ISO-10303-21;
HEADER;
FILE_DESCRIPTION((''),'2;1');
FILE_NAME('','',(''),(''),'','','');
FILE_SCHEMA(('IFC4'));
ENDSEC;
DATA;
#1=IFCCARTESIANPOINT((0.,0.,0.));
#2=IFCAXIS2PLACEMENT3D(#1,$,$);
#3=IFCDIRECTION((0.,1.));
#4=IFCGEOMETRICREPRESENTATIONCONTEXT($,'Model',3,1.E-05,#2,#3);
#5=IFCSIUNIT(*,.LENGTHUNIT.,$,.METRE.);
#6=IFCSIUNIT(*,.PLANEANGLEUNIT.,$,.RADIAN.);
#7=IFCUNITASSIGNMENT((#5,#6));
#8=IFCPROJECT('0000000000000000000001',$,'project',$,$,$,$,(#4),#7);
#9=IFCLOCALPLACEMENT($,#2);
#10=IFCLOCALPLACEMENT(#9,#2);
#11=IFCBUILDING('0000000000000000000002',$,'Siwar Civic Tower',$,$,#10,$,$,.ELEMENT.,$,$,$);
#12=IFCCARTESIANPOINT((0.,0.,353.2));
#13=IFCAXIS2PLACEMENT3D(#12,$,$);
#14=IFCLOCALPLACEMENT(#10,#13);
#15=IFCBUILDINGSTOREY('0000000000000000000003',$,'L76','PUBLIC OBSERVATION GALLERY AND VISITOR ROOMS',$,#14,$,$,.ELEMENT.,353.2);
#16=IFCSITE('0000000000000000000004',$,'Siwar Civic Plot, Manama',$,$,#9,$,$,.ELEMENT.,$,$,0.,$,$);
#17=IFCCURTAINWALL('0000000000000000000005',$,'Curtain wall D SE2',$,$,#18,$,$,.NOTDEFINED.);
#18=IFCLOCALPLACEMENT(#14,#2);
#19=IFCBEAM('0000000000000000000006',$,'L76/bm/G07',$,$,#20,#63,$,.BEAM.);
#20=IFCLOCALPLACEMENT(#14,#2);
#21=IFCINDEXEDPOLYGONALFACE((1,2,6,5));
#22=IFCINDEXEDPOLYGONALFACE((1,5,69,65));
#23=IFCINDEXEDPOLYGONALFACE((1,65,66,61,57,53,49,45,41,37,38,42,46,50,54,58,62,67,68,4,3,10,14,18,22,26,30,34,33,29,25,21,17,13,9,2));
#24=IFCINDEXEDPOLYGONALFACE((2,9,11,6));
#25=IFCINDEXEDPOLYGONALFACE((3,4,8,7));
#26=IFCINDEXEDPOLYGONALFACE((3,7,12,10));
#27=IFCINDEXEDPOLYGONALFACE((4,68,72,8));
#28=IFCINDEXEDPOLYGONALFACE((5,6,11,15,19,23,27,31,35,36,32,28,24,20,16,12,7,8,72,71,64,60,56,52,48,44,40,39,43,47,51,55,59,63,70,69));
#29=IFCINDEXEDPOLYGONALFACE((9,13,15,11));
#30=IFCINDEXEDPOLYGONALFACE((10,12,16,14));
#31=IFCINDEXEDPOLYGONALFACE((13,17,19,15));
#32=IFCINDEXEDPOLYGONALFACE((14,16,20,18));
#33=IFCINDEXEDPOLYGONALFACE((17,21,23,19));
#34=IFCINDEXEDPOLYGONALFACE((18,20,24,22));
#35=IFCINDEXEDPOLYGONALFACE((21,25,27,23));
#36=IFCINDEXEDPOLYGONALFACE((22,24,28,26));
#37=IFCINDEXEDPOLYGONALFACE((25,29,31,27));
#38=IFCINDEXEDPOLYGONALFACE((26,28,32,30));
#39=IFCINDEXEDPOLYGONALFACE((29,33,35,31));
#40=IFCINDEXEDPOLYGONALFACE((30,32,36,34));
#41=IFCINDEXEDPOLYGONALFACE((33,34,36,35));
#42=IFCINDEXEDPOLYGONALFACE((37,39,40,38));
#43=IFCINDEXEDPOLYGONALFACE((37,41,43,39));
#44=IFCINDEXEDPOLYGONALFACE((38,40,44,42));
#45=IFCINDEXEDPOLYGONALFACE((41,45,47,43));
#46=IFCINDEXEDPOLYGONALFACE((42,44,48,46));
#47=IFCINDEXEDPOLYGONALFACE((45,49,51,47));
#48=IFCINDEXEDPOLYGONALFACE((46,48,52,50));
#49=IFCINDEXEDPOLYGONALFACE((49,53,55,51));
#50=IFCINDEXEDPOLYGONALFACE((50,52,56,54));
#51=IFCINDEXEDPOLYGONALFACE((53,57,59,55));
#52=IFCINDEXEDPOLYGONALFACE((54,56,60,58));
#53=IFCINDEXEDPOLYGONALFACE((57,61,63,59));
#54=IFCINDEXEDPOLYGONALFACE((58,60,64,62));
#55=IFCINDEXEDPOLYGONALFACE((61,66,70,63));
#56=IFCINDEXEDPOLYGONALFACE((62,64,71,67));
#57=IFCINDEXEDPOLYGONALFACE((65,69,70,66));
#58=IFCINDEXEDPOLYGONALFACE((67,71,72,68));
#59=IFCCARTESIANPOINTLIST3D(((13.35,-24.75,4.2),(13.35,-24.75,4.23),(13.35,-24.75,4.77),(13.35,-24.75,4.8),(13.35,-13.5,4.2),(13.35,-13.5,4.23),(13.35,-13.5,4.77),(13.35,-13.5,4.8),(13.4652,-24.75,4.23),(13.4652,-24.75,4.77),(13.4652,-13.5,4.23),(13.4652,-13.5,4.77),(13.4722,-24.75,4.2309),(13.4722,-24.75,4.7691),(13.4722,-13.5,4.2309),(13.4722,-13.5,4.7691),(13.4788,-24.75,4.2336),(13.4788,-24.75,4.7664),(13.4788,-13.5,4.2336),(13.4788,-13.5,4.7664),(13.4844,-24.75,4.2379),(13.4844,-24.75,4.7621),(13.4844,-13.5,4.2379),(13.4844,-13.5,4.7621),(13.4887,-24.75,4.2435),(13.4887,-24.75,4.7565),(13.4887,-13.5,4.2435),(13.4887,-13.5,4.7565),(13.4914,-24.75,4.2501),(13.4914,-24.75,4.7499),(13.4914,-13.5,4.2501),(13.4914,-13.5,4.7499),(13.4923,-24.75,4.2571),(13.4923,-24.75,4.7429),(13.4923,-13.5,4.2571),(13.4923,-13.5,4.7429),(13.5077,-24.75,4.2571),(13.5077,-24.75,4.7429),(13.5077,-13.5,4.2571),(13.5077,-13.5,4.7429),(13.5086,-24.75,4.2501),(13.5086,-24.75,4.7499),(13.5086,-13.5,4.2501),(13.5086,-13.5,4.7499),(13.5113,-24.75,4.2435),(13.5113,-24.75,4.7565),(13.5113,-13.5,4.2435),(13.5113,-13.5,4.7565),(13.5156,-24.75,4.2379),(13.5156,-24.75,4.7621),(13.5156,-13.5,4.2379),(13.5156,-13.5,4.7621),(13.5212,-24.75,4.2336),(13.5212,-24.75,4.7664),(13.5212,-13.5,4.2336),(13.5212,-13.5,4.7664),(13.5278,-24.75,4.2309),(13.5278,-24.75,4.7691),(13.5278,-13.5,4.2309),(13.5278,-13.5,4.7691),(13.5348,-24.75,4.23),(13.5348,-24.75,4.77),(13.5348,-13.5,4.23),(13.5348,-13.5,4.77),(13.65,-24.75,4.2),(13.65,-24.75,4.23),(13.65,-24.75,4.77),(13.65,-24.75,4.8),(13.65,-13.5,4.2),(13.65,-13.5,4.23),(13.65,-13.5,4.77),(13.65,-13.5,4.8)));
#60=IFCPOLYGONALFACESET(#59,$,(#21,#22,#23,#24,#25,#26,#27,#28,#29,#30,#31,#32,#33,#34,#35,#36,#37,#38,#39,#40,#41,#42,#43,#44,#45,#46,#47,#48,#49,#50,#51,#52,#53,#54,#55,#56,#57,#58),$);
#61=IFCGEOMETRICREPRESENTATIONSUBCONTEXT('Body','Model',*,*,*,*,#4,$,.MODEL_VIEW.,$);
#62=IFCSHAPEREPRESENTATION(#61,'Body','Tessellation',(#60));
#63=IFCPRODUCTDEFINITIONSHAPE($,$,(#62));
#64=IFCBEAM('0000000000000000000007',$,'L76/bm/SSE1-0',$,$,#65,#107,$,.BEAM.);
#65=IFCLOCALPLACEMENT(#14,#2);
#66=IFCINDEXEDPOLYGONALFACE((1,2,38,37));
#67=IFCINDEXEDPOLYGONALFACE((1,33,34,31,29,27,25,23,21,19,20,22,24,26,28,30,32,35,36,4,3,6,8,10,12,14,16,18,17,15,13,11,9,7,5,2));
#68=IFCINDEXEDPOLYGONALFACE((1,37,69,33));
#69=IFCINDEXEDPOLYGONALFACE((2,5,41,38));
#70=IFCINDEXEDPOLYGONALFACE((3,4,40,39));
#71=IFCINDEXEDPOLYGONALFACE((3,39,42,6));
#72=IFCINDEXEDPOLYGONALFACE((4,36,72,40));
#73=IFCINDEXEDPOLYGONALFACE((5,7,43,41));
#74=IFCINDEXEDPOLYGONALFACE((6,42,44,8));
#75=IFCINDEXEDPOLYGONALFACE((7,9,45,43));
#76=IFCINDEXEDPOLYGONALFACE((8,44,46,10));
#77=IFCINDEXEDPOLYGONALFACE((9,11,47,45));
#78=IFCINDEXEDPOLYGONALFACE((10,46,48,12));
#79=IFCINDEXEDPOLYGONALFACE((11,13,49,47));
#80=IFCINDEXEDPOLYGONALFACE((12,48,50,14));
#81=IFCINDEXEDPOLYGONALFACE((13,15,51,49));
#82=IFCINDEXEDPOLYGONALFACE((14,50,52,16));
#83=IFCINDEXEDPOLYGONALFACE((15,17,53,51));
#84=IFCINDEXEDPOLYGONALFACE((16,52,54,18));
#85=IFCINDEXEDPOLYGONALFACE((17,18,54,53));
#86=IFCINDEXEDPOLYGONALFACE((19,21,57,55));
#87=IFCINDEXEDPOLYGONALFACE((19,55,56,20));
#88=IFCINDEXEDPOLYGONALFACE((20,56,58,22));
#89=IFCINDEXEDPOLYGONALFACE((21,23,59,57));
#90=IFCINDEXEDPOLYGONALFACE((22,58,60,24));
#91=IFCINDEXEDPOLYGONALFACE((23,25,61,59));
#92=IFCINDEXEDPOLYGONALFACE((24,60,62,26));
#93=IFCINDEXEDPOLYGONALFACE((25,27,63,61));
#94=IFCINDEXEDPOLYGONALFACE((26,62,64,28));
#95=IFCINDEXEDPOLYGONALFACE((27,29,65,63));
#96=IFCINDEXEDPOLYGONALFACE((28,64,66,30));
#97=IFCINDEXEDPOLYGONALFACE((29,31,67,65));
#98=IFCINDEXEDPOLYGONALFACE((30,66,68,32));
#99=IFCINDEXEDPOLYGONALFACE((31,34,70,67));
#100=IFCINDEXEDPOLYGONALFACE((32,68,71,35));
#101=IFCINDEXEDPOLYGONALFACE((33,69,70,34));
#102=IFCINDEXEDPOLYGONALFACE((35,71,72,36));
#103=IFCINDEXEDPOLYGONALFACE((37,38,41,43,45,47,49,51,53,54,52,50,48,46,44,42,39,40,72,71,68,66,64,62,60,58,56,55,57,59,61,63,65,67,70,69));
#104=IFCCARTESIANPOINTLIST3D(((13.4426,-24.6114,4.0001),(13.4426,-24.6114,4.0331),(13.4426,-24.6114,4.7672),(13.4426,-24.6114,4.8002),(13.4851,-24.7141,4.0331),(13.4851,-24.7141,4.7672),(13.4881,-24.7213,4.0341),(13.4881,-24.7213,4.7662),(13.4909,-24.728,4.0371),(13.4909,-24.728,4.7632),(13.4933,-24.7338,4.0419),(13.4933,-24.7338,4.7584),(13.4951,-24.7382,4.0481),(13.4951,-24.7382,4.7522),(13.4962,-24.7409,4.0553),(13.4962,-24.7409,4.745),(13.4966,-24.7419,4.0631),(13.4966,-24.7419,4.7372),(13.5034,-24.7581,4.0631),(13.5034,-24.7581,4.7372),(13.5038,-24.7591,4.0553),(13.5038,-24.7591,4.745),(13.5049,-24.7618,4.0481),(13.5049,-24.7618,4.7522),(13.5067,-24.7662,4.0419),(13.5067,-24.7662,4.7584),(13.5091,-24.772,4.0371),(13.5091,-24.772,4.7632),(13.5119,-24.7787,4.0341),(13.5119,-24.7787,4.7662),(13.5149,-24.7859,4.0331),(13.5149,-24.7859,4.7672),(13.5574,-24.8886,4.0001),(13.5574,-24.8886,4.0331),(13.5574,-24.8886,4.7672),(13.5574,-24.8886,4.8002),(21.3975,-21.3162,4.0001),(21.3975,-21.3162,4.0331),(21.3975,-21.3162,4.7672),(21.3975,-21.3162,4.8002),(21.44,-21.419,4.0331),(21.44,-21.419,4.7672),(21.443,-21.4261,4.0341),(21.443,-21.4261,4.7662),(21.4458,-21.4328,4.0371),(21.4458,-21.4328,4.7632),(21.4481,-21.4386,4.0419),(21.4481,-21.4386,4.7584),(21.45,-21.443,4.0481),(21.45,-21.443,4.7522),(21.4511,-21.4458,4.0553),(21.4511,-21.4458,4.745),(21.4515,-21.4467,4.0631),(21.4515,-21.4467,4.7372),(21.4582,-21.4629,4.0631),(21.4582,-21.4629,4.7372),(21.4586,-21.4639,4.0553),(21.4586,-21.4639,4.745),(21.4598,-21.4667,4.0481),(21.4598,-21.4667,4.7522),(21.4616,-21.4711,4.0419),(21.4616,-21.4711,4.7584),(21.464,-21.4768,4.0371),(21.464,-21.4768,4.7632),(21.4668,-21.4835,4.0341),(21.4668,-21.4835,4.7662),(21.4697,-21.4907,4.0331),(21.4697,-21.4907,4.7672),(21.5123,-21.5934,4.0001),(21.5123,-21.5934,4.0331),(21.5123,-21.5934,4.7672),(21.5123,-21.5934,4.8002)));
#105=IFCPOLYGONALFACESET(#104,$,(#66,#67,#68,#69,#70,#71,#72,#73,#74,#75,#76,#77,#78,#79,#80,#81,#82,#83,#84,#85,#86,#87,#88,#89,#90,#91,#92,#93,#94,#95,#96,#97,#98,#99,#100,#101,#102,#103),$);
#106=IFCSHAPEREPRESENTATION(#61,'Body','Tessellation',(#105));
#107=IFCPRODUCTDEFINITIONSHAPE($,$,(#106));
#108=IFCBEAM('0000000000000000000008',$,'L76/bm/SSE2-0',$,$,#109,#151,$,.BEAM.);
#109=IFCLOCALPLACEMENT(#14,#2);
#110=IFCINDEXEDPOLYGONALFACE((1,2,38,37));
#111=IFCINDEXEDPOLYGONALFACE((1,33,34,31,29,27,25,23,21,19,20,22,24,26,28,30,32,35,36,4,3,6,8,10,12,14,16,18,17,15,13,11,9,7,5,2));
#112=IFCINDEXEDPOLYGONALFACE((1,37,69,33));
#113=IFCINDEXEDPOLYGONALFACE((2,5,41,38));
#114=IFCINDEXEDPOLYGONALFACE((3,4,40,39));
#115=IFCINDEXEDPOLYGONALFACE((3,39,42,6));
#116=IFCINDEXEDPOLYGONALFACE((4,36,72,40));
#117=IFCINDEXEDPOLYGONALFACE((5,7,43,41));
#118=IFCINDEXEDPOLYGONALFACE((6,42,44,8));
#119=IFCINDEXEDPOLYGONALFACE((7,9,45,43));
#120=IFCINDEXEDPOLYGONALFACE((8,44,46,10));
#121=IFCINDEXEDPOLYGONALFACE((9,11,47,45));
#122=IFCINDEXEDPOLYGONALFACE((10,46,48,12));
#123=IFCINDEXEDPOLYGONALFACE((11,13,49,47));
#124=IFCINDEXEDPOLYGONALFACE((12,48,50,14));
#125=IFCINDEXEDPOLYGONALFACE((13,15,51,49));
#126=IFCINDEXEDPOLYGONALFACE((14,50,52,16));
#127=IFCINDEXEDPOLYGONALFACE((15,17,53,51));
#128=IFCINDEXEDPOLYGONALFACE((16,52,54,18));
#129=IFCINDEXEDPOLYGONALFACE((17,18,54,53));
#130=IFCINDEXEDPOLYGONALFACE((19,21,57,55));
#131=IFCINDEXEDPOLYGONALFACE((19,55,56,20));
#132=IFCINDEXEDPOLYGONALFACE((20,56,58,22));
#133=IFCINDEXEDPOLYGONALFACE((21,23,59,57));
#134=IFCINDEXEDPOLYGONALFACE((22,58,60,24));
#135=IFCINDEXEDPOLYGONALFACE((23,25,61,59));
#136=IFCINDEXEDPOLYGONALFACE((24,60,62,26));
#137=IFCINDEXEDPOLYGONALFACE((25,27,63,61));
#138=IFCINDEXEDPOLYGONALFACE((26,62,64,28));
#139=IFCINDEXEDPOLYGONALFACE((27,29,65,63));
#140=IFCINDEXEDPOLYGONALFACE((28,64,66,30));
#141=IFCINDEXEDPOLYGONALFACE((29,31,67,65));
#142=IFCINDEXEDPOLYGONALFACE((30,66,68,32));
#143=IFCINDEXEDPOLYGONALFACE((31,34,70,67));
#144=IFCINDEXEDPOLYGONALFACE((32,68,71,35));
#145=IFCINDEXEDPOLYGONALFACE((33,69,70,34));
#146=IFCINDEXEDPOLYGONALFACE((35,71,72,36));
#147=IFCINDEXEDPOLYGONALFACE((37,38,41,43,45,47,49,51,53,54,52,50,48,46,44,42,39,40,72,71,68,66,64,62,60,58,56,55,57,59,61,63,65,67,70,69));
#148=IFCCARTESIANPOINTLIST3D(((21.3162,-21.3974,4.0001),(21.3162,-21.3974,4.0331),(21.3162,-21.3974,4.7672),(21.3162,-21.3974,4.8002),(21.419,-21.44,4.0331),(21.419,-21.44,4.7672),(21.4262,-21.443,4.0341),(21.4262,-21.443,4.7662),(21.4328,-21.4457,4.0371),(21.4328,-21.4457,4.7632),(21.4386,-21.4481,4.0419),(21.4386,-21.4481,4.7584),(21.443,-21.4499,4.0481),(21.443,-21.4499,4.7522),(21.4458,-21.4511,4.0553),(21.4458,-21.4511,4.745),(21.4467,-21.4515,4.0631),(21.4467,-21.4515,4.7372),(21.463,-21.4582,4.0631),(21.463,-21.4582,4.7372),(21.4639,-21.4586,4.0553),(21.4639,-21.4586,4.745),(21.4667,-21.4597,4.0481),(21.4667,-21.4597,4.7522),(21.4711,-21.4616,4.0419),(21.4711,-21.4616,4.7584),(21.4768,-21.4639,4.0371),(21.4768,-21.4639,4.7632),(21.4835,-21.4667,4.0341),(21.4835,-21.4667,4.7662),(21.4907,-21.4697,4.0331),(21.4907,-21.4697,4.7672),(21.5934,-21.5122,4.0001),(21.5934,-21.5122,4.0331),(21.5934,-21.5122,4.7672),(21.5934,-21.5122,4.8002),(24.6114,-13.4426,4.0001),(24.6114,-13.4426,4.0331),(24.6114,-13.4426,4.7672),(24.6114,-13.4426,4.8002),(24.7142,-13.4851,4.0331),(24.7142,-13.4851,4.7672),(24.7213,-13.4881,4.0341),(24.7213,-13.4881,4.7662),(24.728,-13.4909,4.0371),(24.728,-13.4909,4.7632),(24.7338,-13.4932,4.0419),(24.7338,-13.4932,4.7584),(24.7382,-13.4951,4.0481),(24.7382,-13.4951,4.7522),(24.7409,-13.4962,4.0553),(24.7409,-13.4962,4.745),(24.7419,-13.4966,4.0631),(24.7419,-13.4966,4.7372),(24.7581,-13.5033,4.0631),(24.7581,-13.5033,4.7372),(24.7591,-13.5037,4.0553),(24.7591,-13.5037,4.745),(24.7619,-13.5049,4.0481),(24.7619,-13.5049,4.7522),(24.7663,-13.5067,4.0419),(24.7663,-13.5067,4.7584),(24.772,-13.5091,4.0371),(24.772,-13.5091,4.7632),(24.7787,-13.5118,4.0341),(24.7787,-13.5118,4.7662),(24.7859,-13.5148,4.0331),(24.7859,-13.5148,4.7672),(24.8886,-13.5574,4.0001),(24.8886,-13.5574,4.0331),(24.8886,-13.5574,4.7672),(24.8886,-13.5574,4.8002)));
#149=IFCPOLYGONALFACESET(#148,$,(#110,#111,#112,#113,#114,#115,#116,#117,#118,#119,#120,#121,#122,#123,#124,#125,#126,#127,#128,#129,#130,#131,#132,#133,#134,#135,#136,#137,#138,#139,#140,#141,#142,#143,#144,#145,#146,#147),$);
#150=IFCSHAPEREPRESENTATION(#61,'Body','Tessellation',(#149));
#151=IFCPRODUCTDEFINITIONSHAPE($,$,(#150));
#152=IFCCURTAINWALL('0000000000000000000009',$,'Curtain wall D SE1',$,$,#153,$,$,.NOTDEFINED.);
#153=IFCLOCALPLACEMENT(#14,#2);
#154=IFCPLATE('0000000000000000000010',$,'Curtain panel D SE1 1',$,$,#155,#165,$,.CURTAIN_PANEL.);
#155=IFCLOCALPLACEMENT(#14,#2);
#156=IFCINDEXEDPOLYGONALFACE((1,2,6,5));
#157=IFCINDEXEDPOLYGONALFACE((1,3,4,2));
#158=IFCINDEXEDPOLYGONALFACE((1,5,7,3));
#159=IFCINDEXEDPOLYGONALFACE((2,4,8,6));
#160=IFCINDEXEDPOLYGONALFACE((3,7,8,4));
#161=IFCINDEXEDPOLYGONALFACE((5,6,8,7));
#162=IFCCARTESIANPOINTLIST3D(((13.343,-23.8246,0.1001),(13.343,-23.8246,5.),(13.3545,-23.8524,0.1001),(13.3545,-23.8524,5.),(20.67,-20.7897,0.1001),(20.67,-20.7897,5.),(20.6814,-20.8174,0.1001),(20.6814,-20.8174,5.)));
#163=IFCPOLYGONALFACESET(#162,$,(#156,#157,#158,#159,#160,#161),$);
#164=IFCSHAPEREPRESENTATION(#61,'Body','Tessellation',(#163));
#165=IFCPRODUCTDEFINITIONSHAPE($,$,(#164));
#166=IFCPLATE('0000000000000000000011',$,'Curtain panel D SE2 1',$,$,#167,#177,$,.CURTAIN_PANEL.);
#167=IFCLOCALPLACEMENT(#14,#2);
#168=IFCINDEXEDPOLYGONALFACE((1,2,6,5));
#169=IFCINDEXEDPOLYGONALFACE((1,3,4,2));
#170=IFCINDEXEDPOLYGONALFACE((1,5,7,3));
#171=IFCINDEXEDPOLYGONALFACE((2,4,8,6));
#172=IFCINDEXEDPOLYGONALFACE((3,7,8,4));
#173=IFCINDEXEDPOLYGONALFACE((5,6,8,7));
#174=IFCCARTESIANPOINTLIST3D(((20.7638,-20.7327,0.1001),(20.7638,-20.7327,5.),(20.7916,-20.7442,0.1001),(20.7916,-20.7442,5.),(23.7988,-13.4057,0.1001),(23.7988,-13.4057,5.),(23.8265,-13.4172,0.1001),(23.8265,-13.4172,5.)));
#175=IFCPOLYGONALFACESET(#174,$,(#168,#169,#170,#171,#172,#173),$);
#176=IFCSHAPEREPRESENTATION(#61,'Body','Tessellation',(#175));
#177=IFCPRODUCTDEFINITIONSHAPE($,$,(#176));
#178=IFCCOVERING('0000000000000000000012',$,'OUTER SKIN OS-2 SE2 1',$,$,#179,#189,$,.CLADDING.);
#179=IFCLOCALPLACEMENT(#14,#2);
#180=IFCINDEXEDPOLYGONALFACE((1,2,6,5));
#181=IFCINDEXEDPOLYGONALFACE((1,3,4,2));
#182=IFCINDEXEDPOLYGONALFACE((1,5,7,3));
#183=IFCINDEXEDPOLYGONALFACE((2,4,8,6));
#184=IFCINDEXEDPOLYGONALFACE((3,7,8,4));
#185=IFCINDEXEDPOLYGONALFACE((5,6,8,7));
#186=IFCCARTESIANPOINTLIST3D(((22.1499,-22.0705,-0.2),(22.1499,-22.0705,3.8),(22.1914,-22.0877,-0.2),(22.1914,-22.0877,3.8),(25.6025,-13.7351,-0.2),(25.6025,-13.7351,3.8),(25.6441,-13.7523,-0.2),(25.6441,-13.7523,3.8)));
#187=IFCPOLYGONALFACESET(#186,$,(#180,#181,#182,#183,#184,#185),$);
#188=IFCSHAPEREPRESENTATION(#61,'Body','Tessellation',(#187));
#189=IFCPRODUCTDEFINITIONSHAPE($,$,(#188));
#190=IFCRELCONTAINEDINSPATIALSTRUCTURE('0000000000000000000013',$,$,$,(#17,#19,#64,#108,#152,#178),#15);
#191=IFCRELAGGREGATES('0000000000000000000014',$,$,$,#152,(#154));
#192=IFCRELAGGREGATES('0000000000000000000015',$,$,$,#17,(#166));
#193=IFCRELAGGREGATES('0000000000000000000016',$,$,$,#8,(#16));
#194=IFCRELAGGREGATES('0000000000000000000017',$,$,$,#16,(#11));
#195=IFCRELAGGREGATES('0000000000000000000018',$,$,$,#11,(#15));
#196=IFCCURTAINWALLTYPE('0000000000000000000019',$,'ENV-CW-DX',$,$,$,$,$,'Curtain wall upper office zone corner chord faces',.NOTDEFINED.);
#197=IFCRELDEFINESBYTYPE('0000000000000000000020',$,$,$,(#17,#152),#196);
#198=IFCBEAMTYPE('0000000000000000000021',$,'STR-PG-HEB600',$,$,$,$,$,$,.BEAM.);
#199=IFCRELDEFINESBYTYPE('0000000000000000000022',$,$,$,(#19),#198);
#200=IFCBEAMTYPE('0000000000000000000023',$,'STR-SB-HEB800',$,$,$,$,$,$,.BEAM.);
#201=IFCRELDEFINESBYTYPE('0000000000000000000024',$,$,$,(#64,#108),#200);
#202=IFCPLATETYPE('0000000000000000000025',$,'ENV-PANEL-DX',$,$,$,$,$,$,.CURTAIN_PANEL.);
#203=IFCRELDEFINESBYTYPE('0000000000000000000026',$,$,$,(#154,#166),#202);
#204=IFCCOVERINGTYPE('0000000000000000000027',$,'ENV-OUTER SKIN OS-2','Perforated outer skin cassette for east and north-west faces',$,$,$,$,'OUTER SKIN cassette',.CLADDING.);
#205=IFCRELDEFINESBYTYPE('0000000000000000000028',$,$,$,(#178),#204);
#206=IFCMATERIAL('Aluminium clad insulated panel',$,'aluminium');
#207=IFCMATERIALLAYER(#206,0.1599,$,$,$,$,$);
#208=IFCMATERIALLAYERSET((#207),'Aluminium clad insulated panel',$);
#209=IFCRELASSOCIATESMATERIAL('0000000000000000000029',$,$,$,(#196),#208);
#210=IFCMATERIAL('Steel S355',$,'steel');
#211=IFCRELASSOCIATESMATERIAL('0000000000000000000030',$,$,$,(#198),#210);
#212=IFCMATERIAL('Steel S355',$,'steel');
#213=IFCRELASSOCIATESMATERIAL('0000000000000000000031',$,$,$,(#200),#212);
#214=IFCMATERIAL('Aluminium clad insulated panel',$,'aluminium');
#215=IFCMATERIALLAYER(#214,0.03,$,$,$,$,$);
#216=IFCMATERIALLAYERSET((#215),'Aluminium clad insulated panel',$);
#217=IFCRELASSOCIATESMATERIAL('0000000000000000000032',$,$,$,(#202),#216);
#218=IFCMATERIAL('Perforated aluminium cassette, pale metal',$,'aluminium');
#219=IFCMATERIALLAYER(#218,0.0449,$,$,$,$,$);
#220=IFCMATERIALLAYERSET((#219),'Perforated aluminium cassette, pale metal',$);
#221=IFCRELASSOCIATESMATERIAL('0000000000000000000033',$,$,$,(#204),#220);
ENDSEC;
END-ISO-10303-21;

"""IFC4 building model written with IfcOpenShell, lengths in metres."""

from ifc_helpers import new_model, si_unit, direction, frame, origin, origin_2d, place, context, subcontext, project, spatial, rectangle, i_section, extrude, material, layer, layer_set, material_profile, profile_set, type_object, element, aggregate, save


model = new_model("IFC4")

# Units and contexts
model_context = context("Model", 3, precision=1e-05, world=origin(), true_north=direction((0.0, 1.0)))
body_context = subcontext(model_context, "Body", "Model", "MODEL_VIEW")
ifc_project = project(units=[si_unit("LENGTHUNIT", "METRE"), si_unit("PLANEANGLEUNIT", "RADIAN")], contexts=[model_context])

# Site, building, storey
site_placement = place(None, origin())
site = spatial("IfcSite", under=ifc_project, at=site_placement, Name="Siwar Civic Plot, Manama", CompositionType="ELEMENT", RefElevation=0.0)
building_placement = place(site_placement, origin())
building = spatial("IfcBuilding", under=site, at=building_placement, Name="Siwar Civic Tower", CompositionType="ELEMENT")
storey_placement = place(building_placement, frame((0.0, 0.0, 353.2)))
storey = spatial("IfcBuildingStorey", under=building, at=storey_placement, Name="L76", Description="PUBLIC OBSERVATION GALLERY AND VISITOR ROOMS", CompositionType="ELEMENT", Elevation=353.2)

# Curtain wall
ifc_material_1 = material(Name="Aluminium clad insulated panel", Category="aluminium")
ifc_layer_1 = layer(ifc_material_1, 0.1599)
ifc_layer_set_1 = layer_set([ifc_layer_1], Name="Aluminium clad insulated panel")
curtain_wall_type = type_object("IfcCurtainWallType", Name="ENV-CW-DX", ElementType="Curtain wall upper office zone corner chord faces", PredefinedType="NOTDEFINED", material=ifc_layer_set_1)
curtain_wall_1_placement = place(storey_placement, origin())
curtain_wall_1 = element("IfcCurtainWall", 1, at=curtain_wall_1_placement, inside=storey, type_object=curtain_wall_type, Name="Curtain wall D SE2", PredefinedType="NOTDEFINED")

# Beams
ifc_material_2 = material(Name="Steel S355", Category="steel")
ifc_material_profile_1 = material_profile(ifc_material_2, i_section(OverallWidth=0.3, OverallDepth=0.6001, WebThickness=0.0154, FlangeThickness=0.03, FilletRadius=0.0271, at=origin_2d()), Name="HEB600")
ifc_profile_set_1 = profile_set([ifc_material_profile_1], Name="Steel S355")
beam_type_1 = type_object("IfcBeamType", Name="STR-PG-HEB600", PredefinedType="BEAM", material=ifc_profile_set_1)
beam_1_placement = place(storey_placement, frame((13.5, -24.75, 4.5), z_axis=(0.0, 1.0, 0.0), x_axis=(-1.0, 0.0, 0.0)))
element("IfcBeam", 2, at=beam_1_placement, inside=storey, type_object=beam_type_1, Name="L76/bm/G07", PredefinedType="BEAM", context=body_context, shape_type="SweptSolid", body=[
    extrude(i_section(OverallWidth=0.3, OverallDepth=0.6001, WebThickness=0.0154, FlangeThickness=0.03, FilletRadius=0.0271, at=origin_2d()), origin(), (0.0, 0.0, 1.0), 11.25),
])
ifc_material_3 = material(Name="Steel S355", Category="steel")
ifc_material_profile_2 = material_profile(ifc_material_3, i_section(OverallWidth=0.3, OverallDepth=0.8, WebThickness=0.0176, FlangeThickness=0.033, FilletRadius=0.03, at=origin_2d()), Name="HEB800")
ifc_profile_set_2 = profile_set([ifc_material_profile_2], Name="Steel S355")
beam_type_2 = type_object("IfcBeamType", Name="STR-SB-HEB800", PredefinedType="BEAM", material=ifc_profile_set_2)
for number, where, z_axis, x_axis, name in (
    (3, (13.5, -24.75, 4.4001), (0.923873, 0.3827, 0.0), (-0.3827, 0.923873, 0.0), "L76/bm/SSE1-0"),
    (4, (21.4548, -21.4548, 4.4001), (0.3827, 0.923873, 0.0), (-0.923873, 0.3827, 0.0), "L76/bm/SSE2-0"),
):
    element("IfcBeam", number, at=place(storey_placement, frame(where, z_axis=z_axis, x_axis=x_axis)), inside=storey, type_object=beam_type_2, Name=name, PredefinedType="BEAM", context=body_context, shape_type="SweptSolid", body=[
        extrude(i_section(OverallWidth=0.3, OverallDepth=0.8, WebThickness=0.0176, FlangeThickness=0.033, FilletRadius=0.03, at=origin_2d()), origin(), (0.0, 0.0, 1.0), 8.6104),
    ])

# Curtain wall, plate
curtain_wall_2_placement = place(storey_placement, origin())
curtain_wall_2 = element("IfcCurtainWall", 5, at=curtain_wall_2_placement, inside=storey, type_object=curtain_wall_type, Name="Curtain wall D SE1", PredefinedType="NOTDEFINED")
ifc_material_4 = material(Name="Aluminium clad insulated panel", Category="aluminium")
ifc_layer_2 = layer(ifc_material_4, 0.03)
ifc_layer_set_2 = layer_set([ifc_layer_2], Name="Aluminium clad insulated panel")
plate_type = type_object("IfcPlateType", Name="ENV-PANEL-DX", PredefinedType="CURTAIN_PANEL", material=ifc_layer_set_2)
plate_1_placement = place(storey_placement, frame((17.0122, -22.321, 0.1001), z_axis=(0.0, 0.0, 1.0), x_axis=(0.92388, 0.382683, 0.0)))
plate_1 = element("IfcPlate", 6, at=plate_1_placement, type_object=plate_type, Name="Curtain panel D SE1 1", PredefinedType="CURTAIN_PANEL", context=body_context, shape_type="SweptSolid", body=[
    extrude(rectangle(XDim=7.9307, YDim=0.03, at=origin_2d()), origin(), (0.0, 0.0, 1.0), 4.8999),
])
aggregate(curtain_wall_2, [plate_1])

# Plate
plate_2_placement = place(storey_placement, frame((22.2952, -17.075, 0.1001), z_axis=(0.0, 0.0, 1.0), x_axis=(0.382683, 0.92388, 0.0)))
plate_2 = element("IfcPlate", 7, at=plate_2_placement, type_object=plate_type, Name="Curtain panel D SE2 1", PredefinedType="CURTAIN_PANEL", context=body_context, shape_type="SweptSolid", body=[
    extrude(rectangle(XDim=7.9307, YDim=0.03, at=origin_2d()), origin(), (0.0, 0.0, 1.0), 4.8999),
])
aggregate(curtain_wall_1, [plate_2])

# Covering
ifc_material_5 = material(Name="Perforated aluminium cassette, pale metal", Category="aluminium")
ifc_layer_3 = layer(ifc_material_5, 0.0449)
ifc_layer_set_3 = layer_set([ifc_layer_3], Name="Perforated aluminium cassette, pale metal")
covering_type_1 = type_object("IfcCoveringType", Name="ENV-OUTER SKIN OS-2", Description="Perforated outer skin cassette for east and north-west faces", ElementType="OUTER SKIN cassette", PredefinedType="CLADDING", material=ifc_layer_set_3)
covering_1_placement = place(storey_placement, frame((23.897, -17.9114, -0.2), z_axis=(0.0, 0.0, 1.0), x_axis=(0.382683, 0.92388, 0.0)))
element("IfcCovering", 8, at=covering_1_placement, inside=storey, type_object=covering_type_1, Name="OUTER SKIN OS-2 SE2 1", PredefinedType="CLADDING", context=body_context, shape_type="SweptSolid", body=[
    extrude(rectangle(XDim=9.0222, YDim=0.0449, at=origin_2d()), origin(), (0.0, 0.0, 1.0), 4.0),
])

save(model, "model.ifc")
